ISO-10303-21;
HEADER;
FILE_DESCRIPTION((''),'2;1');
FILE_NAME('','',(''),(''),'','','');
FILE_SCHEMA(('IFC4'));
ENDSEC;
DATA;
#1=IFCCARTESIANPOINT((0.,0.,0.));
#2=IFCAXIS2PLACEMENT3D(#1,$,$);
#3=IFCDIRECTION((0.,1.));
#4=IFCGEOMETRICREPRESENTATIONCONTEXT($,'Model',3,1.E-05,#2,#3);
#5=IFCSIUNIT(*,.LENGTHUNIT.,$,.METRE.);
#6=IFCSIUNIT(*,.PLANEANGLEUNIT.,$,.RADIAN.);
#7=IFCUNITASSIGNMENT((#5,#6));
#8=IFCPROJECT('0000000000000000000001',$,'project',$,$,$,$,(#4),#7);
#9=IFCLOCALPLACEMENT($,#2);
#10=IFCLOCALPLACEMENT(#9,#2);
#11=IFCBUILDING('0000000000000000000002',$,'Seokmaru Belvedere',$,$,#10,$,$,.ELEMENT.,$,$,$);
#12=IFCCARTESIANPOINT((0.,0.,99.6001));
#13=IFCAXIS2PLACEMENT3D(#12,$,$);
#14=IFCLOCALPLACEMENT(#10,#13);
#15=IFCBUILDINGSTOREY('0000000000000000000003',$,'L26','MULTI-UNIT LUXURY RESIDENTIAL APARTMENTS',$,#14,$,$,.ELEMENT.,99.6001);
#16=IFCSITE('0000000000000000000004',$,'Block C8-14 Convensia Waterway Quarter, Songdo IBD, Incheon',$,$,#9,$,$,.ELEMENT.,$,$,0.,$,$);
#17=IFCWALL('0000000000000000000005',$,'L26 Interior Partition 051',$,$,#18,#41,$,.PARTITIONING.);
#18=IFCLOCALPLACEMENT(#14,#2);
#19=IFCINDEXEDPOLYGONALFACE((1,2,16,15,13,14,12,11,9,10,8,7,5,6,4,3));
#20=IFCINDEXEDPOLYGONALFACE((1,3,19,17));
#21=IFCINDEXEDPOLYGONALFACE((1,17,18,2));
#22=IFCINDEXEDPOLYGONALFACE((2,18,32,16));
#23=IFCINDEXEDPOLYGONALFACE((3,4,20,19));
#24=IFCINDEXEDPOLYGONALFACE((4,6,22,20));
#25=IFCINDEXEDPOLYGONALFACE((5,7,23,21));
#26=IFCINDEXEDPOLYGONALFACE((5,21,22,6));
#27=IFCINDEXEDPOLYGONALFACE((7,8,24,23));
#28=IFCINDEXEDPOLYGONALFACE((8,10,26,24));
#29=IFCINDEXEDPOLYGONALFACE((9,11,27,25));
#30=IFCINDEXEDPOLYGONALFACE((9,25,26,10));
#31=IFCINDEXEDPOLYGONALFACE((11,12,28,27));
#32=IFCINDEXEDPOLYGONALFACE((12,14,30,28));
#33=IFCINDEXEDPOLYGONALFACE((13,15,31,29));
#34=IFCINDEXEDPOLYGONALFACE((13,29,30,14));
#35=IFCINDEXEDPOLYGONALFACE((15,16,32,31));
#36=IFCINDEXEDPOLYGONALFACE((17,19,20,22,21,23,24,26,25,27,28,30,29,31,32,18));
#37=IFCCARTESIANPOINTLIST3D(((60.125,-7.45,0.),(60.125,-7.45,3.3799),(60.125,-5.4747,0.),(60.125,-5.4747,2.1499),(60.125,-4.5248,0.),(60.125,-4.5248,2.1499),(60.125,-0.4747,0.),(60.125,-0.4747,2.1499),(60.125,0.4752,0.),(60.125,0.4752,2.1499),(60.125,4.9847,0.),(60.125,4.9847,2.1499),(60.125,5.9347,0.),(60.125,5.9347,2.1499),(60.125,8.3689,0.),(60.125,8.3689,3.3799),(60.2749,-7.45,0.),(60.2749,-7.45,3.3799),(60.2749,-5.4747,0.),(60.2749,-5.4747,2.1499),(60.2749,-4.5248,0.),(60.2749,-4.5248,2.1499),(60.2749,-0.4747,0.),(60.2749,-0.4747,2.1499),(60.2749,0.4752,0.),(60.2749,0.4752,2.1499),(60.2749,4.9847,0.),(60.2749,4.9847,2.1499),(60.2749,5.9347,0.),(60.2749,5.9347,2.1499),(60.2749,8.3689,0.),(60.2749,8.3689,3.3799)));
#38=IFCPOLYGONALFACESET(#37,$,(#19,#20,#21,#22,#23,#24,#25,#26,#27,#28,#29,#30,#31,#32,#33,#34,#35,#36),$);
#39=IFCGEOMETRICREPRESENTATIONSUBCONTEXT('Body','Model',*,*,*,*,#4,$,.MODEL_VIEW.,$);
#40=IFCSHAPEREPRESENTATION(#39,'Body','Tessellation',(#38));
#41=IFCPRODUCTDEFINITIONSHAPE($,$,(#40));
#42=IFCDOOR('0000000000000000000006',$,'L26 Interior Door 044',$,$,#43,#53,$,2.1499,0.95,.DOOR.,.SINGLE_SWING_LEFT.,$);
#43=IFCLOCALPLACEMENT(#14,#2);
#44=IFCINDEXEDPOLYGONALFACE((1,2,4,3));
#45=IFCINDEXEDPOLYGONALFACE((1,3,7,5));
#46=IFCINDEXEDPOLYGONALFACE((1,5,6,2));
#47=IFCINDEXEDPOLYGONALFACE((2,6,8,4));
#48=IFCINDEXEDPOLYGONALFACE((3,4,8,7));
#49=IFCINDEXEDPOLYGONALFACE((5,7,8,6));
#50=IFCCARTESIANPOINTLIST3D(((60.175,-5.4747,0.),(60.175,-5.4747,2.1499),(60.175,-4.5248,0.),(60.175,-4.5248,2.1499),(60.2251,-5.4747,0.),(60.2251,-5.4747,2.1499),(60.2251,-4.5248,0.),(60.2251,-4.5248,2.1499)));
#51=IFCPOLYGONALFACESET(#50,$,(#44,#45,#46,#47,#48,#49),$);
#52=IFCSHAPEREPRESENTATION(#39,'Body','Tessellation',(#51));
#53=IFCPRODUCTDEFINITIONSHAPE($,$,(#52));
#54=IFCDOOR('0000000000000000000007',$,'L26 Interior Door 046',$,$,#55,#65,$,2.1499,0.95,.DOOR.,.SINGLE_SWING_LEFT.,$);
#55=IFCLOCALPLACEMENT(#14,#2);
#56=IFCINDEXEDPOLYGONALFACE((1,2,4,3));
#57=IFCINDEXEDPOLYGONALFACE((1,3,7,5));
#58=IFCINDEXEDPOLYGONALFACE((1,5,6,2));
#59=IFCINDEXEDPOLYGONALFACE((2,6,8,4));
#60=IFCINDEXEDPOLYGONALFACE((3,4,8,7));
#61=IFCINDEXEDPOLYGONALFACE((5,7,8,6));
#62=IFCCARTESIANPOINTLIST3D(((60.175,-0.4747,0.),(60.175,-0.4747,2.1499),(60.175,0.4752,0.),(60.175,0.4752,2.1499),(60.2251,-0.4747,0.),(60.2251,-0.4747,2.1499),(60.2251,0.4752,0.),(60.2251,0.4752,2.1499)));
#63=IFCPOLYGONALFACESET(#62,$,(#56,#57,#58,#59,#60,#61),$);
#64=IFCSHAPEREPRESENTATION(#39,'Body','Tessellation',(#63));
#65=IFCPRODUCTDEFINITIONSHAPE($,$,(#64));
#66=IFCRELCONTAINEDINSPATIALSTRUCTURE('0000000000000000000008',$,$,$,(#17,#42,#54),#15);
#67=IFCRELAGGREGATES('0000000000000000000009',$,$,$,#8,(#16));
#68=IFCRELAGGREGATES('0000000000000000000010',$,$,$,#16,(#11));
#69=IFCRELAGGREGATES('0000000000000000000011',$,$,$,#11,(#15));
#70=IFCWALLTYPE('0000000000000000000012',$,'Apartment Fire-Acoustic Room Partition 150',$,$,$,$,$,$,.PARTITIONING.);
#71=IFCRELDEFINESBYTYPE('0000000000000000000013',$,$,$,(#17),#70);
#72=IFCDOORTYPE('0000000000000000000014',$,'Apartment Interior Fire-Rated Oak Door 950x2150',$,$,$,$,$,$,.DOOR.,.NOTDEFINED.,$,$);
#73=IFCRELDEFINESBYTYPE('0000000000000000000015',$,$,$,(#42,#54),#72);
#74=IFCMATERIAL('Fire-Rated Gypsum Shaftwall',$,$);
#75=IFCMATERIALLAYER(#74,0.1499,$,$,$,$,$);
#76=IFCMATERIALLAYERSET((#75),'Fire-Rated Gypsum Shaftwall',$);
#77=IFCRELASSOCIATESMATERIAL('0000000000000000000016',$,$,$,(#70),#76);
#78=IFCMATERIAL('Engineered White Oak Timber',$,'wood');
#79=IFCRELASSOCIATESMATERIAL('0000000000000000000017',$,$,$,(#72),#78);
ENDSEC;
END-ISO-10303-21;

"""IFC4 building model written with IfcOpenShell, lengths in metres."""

from ifc_helpers import new_model, si_unit, direction, frame, frame_2d, origin, place, context, subcontext, project, spatial, rectangle, extrude, source, transform, mapped, material, layer, layer_set, type_object, type_shapes, element, fill, save


model = new_model("IFC4")

# Units and contexts
model_context = context("Model", 3, precision=1e-05, world=origin(), true_north=direction((0.0, 1.0)))
body_context = subcontext(model_context, "Body", "Model", "MODEL_VIEW")
ifc_project = project(units=[si_unit("LENGTHUNIT", "METRE"), si_unit("PLANEANGLEUNIT", "RADIAN")], contexts=[model_context])

# Site, building, storey
site_placement = place(None, origin())
site = spatial("IfcSite", under=ifc_project, at=site_placement, Name="Block C8-14 Convensia Waterway Quarter, Songdo IBD, Incheon", CompositionType="ELEMENT", RefElevation=0.0)
building_placement = place(site_placement, origin())
building = spatial("IfcBuilding", under=site, at=building_placement, Name="Seokmaru Belvedere", CompositionType="ELEMENT")
storey_placement = place(building_placement, frame((0.0, 0.0, 99.6001)))
storey = spatial("IfcBuildingStorey", under=building, at=storey_placement, Name="L26", Description="MULTI-UNIT LUXURY RESIDENTIAL APARTMENTS", CompositionType="ELEMENT", Elevation=99.6001)

# Wall, openings, doors
ifc_material_1 = material(Name="Fire-Rated Gypsum Shaftwall")
ifc_layer_1 = layer(ifc_material_1, 0.1499)
ifc_layer_set_1 = layer_set([ifc_layer_1], Name="Fire-Rated Gypsum Shaftwall")
wall_type = type_object("IfcWallType", Name="Apartment Fire-Acoustic Room Partition 150", PredefinedType="PARTITIONING", material=ifc_layer_set_1)
ifc_material_2 = material(Name="Engineered White Oak Timber", Category="wood")
door_type = type_object("IfcDoorType", Name="Apartment Interior Fire-Rated Oak Door 950x2150", OperationType="NOTDEFINED", PredefinedType="DOOR", material=ifc_material_2)
shared_shape_1 = source(origin(), body_context, "Body", "SweptSolid", [
    extrude(rectangle(XDim=0.95, YDim=2.1499, at=frame_2d((0.4751, 1.075))), frame((0.0, 0.0249, 0.0), z_axis=(0.0, -1.0, 0.0), x_axis=(1.0, 0.0, 0.0)), (0.0, 0.0, 1.0), 0.05),
])
type_shapes(door_type, [shared_shape_1])
wall_1_placement = place(storey_placement, frame((60.2, -7.45, 0.0), z_axis=(0.0, 0.0, 1.0), x_axis=(0.0, 1.0, 0.0)))
wall_1 = element("IfcWall", 1, at=wall_1_placement, inside=storey, type_object=wall_type, Name="L26 Interior Partition 051", PredefinedType="PARTITIONING", context=body_context, shape_type="SweptSolid", body=[
    extrude(rectangle(XDim=15.8188, YDim=0.1499, at=frame_2d((7.9094, 0.0))), origin(), (0.0, 0.0, 1.0), 3.3799),
])
opening_1_placement = place(wall_1_placement, frame((1.9751, 0.0, 0.0)))
opening_1 = element("IfcOpeningElement", 2, at=opening_1_placement, cuts=wall_1, PredefinedType="OPENING", context=body_context, shape_type="SweptSolid", body=[
    extrude(rectangle(XDim=0.95, YDim=2.1499, at=frame_2d((0.4751, 1.075))), frame((0.0, 0.085, 0.0), z_axis=(0.0, -1.0, 0.0), x_axis=(1.0, 0.0, 0.0)), (0.0, 0.0, 1.0), 0.1699),
])
opening_2_placement = place(wall_1_placement, frame((6.9751, 0.0, 0.0)))
opening_2 = element("IfcOpeningElement", 3, at=opening_2_placement, cuts=wall_1, PredefinedType="OPENING", context=body_context, shape_type="SweptSolid", body=[
    extrude(rectangle(XDim=0.95, YDim=2.1499, at=frame_2d((0.4751, 1.075))), frame((0.0, 0.085, 0.0), z_axis=(0.0, -1.0, 0.0), x_axis=(1.0, 0.0, 0.0)), (0.0, 0.0, 1.0), 0.1699),
])
opening_3_placement = place(wall_1_placement, frame((12.4346, 0.0, 0.0)))
element("IfcOpeningElement", 4, at=opening_3_placement, cuts=wall_1, PredefinedType="OPENING", context=body_context, shape_type="SweptSolid", body=[
    extrude(rectangle(XDim=0.95, YDim=2.1499, at=frame_2d((0.4751, 1.075))), frame((0.0, 0.085, 0.0), z_axis=(0.0, -1.0, 0.0), x_axis=(1.0, 0.0, 0.0)), (0.0, 0.0, 1.0), 0.1699),
])
door_1_placement = place(opening_1_placement, origin())
door_1 = element("IfcDoor", 5, at=door_1_placement, inside=storey, type_object=door_type, Name="L26 Interior Door 044", OperationType="SINGLE_SWING_LEFT", OverallHeight=2.1499, OverallWidth=0.95, PredefinedType="DOOR", context=body_context, shape_type="MappedRepresentation", body=[
    mapped(shared_shape_1, transform((0.0, 0.0, 0.0), scale=1.0)),
])
fill(opening_1, door_1)
door_2_placement = place(opening_2_placement, origin())
door_2 = element("IfcDoor", 6, at=door_2_placement, inside=storey, type_object=door_type, Name="L26 Interior Door 046", OperationType="SINGLE_SWING_LEFT", OverallHeight=2.1499, OverallWidth=0.95, PredefinedType="DOOR", context=body_context, shape_type="MappedRepresentation", body=[
    mapped(shared_shape_1, transform((0.0, 0.0, 0.0), scale=1.0)),
])
fill(opening_2, door_2)

save(model, "model.ifc")
